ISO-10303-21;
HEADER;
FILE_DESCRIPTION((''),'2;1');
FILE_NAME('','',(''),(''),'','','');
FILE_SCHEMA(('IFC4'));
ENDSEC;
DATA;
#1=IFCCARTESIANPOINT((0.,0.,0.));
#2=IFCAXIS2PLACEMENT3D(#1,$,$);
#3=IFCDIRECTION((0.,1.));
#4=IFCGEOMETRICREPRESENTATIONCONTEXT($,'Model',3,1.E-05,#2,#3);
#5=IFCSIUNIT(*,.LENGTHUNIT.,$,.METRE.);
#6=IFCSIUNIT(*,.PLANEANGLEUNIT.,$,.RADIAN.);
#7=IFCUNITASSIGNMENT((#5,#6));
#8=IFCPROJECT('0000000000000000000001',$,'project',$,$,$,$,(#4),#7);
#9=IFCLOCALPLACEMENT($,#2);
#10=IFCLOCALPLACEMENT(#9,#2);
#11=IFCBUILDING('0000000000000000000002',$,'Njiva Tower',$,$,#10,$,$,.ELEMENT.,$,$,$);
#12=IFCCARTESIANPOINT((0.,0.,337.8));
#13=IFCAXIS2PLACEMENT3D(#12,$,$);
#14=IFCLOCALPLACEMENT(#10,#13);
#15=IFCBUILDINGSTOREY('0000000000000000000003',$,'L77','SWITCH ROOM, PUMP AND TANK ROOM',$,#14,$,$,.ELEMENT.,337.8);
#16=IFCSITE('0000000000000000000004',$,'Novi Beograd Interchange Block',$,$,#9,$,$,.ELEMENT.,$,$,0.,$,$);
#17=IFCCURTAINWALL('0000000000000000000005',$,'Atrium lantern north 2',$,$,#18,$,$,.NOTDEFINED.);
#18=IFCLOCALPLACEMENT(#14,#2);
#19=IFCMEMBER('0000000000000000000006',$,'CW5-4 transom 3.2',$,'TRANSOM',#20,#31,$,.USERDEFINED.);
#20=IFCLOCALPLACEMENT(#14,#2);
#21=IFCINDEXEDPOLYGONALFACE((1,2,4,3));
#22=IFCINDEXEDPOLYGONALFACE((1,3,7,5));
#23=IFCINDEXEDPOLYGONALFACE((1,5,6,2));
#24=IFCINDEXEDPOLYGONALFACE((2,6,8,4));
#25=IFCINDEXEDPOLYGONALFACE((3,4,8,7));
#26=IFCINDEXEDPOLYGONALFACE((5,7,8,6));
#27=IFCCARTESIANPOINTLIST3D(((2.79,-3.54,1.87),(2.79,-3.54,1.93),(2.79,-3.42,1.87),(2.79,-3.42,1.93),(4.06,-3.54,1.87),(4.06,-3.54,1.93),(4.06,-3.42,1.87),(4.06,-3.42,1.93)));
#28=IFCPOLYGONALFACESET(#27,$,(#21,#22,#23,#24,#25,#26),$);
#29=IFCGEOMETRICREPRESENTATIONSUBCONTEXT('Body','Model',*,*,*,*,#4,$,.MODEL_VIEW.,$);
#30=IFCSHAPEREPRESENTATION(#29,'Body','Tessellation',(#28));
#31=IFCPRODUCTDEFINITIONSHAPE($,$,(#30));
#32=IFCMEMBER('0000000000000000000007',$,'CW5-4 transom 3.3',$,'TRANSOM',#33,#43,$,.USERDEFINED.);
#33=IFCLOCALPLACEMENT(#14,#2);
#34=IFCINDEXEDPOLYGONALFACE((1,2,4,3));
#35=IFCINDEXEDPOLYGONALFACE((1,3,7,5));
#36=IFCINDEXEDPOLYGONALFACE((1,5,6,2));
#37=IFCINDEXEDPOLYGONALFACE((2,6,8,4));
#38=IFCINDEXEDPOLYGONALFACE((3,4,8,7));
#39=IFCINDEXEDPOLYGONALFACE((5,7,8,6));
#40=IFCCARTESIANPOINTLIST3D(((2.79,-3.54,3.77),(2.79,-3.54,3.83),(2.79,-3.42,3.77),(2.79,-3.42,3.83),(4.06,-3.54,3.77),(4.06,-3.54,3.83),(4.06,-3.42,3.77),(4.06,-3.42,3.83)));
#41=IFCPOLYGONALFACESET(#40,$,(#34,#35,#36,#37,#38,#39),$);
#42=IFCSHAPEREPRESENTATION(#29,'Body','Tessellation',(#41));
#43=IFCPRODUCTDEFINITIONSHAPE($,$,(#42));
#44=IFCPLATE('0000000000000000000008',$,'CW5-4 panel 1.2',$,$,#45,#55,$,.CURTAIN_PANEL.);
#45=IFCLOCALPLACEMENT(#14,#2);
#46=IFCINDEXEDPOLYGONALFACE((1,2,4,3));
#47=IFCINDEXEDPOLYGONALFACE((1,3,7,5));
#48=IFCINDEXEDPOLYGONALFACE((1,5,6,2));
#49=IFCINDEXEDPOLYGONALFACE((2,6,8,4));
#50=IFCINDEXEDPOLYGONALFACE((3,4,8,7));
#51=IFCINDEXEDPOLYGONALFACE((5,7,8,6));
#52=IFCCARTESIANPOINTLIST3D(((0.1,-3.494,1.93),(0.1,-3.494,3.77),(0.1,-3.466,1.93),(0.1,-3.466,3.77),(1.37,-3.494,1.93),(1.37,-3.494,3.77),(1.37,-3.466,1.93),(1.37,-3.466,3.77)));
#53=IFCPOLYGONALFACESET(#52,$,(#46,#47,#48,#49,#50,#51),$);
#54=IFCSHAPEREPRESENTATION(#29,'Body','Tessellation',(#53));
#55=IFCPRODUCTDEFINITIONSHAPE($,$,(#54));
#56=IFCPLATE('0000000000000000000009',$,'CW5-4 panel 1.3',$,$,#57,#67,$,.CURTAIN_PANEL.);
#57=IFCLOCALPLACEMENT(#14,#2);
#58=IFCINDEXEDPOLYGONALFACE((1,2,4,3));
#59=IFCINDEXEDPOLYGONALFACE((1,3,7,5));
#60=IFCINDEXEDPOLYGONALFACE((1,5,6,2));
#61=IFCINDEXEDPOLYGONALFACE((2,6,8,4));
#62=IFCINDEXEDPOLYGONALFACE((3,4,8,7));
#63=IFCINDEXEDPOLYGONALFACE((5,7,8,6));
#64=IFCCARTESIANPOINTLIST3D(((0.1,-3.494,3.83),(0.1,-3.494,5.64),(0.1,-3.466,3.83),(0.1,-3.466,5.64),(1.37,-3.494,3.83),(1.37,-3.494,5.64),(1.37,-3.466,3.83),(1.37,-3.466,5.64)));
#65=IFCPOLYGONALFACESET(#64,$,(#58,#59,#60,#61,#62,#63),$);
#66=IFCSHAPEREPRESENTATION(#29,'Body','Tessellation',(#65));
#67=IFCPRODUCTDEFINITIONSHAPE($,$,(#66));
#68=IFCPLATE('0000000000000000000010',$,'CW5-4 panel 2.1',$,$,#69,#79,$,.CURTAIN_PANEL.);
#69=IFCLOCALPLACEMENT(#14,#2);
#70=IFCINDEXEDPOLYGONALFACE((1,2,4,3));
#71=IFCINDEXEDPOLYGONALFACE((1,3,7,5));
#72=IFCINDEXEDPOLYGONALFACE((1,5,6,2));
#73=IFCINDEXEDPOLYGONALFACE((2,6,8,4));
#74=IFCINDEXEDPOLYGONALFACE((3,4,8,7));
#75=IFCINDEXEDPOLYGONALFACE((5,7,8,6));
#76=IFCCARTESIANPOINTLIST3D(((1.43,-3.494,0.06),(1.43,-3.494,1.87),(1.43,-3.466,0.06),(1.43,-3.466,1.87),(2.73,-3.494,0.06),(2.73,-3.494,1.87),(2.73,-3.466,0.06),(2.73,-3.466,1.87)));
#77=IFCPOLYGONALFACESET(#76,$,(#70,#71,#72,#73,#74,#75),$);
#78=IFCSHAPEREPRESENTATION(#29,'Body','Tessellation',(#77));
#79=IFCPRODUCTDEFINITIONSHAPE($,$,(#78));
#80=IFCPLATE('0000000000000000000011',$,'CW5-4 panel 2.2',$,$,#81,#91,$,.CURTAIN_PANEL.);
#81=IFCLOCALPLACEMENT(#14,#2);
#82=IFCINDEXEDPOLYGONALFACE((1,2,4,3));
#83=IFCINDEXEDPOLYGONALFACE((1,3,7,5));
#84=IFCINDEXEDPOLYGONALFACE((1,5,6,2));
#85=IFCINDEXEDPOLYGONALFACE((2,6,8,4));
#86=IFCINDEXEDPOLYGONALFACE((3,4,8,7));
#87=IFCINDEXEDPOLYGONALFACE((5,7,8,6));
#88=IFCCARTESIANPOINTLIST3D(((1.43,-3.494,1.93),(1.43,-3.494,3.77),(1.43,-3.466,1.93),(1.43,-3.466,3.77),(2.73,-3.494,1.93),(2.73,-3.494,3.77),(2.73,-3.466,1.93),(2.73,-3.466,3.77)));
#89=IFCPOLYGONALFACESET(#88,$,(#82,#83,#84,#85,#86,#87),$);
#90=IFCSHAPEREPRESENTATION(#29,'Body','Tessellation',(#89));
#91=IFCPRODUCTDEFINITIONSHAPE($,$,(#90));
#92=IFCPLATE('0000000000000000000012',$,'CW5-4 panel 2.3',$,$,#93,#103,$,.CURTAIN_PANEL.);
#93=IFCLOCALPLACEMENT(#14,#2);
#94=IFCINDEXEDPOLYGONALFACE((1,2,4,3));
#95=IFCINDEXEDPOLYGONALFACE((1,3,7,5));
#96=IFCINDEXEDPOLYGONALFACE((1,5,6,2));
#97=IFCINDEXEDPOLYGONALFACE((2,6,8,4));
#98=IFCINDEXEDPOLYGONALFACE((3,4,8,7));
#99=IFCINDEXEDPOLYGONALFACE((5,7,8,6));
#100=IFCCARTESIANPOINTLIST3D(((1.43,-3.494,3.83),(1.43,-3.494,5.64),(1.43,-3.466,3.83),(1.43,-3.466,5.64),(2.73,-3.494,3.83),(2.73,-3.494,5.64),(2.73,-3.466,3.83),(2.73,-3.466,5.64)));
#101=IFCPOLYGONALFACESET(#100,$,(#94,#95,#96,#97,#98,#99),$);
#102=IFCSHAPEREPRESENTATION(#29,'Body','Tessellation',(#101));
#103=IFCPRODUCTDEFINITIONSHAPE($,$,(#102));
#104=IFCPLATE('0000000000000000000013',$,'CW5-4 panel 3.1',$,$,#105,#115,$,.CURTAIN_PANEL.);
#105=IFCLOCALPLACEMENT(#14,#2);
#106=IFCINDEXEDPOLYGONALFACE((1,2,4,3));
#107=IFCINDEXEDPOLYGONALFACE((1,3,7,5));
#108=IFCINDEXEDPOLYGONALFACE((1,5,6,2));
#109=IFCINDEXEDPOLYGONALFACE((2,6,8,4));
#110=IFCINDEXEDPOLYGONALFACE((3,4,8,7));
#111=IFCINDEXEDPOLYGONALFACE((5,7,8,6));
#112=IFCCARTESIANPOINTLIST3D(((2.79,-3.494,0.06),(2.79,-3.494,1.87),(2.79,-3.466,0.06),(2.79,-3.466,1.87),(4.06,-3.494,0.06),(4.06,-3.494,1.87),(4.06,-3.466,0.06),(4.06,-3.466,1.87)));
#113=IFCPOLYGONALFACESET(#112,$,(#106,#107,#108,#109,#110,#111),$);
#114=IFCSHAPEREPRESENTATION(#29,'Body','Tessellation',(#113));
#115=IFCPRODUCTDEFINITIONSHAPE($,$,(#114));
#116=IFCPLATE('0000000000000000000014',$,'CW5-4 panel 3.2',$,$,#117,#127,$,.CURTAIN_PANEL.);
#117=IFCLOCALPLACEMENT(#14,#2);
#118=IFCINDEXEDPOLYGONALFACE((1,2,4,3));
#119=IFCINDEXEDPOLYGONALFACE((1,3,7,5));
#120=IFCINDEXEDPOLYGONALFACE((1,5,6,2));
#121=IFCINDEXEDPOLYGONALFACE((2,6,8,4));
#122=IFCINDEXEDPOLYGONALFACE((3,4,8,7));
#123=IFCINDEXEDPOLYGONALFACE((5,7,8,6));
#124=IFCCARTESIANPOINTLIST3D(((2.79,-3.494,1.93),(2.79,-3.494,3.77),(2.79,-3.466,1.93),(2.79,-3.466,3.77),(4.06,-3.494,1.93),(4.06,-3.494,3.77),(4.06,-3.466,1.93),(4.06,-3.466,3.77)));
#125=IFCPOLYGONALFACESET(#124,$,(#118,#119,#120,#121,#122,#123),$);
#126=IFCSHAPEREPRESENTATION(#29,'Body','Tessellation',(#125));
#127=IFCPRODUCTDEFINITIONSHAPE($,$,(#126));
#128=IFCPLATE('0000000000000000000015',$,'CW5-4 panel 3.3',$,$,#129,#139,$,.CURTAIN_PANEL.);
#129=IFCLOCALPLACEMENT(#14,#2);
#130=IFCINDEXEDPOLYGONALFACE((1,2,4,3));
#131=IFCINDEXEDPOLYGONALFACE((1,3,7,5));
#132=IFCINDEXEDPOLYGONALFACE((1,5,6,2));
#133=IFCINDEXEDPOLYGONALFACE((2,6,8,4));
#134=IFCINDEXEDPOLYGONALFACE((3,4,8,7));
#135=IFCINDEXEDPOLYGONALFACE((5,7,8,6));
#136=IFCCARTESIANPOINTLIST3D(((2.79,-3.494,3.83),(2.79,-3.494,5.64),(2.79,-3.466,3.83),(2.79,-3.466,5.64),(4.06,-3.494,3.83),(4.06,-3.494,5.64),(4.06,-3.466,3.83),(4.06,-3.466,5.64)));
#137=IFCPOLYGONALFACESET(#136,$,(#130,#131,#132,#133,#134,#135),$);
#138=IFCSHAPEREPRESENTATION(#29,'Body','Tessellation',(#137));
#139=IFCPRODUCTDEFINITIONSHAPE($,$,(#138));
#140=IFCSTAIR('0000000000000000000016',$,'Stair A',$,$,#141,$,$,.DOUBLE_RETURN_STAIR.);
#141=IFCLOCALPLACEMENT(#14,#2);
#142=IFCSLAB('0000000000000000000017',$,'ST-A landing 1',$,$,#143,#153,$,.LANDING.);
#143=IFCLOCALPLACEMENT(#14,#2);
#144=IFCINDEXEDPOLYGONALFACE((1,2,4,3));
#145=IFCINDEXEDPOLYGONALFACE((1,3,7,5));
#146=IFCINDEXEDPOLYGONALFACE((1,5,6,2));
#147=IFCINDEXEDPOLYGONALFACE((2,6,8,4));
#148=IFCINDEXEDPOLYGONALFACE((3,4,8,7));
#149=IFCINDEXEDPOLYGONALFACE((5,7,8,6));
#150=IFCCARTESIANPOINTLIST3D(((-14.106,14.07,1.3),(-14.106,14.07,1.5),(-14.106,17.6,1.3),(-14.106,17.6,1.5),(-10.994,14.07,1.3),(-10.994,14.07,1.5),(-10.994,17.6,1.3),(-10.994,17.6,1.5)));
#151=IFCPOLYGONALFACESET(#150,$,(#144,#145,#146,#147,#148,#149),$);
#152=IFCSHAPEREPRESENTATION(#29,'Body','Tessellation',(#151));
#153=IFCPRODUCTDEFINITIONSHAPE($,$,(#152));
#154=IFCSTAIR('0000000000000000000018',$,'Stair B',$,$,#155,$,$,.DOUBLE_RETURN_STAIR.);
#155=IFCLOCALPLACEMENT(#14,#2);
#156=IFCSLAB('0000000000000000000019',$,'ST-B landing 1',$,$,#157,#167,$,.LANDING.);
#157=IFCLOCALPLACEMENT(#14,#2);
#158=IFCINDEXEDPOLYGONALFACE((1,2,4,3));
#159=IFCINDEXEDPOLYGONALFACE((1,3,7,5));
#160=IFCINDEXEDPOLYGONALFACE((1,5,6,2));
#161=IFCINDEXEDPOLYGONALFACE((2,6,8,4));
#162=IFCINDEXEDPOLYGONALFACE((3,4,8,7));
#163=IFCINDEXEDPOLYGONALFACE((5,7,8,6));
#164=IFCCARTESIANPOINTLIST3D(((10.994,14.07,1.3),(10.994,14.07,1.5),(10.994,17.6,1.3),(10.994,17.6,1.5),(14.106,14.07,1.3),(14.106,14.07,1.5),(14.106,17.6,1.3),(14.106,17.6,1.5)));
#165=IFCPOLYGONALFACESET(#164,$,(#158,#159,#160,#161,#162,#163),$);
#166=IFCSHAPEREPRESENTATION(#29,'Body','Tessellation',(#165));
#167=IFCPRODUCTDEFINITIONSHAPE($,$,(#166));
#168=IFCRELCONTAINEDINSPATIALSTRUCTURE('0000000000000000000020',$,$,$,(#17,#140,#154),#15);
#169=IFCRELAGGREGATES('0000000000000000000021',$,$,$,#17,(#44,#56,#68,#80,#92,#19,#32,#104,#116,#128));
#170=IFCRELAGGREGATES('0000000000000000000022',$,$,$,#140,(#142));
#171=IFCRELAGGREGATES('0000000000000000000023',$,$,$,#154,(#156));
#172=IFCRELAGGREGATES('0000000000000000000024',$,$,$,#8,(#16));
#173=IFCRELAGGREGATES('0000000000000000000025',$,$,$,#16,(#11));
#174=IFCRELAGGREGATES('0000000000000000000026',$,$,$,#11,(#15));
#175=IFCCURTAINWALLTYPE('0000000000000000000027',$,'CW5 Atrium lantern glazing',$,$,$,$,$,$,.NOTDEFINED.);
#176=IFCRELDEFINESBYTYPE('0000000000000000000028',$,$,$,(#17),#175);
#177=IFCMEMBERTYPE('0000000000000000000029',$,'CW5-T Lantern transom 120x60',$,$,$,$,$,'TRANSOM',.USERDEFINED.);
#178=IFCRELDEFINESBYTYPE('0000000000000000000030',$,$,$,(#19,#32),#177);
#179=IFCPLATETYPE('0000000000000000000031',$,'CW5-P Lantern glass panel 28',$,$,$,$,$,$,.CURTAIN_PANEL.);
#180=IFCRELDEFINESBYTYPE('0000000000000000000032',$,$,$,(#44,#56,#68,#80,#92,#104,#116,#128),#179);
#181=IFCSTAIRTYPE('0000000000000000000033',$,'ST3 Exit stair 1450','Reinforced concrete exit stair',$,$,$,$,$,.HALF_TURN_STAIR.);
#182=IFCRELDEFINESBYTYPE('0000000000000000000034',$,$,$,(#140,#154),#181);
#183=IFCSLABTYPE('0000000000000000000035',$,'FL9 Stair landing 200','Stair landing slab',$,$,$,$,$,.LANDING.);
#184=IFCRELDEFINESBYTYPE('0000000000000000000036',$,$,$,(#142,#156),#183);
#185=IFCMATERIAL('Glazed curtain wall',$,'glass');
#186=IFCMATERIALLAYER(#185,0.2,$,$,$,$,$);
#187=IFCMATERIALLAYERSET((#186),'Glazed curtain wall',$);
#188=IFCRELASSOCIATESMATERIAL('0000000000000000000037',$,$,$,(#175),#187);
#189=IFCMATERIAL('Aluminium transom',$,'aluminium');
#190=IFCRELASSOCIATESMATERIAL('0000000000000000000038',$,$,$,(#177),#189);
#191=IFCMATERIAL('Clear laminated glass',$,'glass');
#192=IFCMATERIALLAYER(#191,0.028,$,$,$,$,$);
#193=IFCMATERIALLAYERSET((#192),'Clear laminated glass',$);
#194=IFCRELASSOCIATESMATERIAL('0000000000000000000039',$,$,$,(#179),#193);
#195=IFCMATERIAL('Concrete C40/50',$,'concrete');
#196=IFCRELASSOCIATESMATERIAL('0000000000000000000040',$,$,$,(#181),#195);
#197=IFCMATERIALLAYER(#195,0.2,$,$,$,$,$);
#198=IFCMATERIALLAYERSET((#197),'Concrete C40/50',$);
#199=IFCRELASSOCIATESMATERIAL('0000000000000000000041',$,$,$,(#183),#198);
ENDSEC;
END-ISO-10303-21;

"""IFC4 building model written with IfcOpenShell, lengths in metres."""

from ifc_helpers import new_model, si_unit, direction, frame, origin, origin_2d, place, context, subcontext, project, spatial, polyline, rectangle, outline, extrude, material, layer, layer_set, material_profile, profile_set, type_object, element, aggregate, save


model = new_model("IFC4")

# Units and contexts
model_context = context("Model", 3, precision=1e-05, world=origin(), true_north=direction((0.0, 1.0)))
body_context = subcontext(model_context, "Body", "Model", "MODEL_VIEW")
ifc_project = project(units=[si_unit("LENGTHUNIT", "METRE"), si_unit("PLANEANGLEUNIT", "RADIAN")], contexts=[model_context])

# Site, building, storey
site_placement = place(None, origin())
site = spatial("IfcSite", under=ifc_project, at=site_placement, Name="Novi Beograd Interchange Block", CompositionType="ELEMENT", RefElevation=0.0)
building_placement = place(site_placement, origin())
building = spatial("IfcBuilding", under=site, at=building_placement, Name="Njiva Tower", CompositionType="ELEMENT")
storey_placement = place(building_placement, frame((0.0, 0.0, 337.8)))
storey = spatial("IfcBuildingStorey", under=building, at=storey_placement, Name="L77", Description="SWITCH ROOM, PUMP AND TANK ROOM", CompositionType="ELEMENT", Elevation=337.8)

# Curtain wall, members, plates
ifc_material_1 = material(Name="Glazed curtain wall", Category="glass")
ifc_layer_1 = layer(ifc_material_1, 0.2)
ifc_layer_set_1 = layer_set([ifc_layer_1], Name="Glazed curtain wall")
curtain_wall_type = type_object("IfcCurtainWallType", Name="CW5 Atrium lantern glazing", PredefinedType="NOTDEFINED", material=ifc_layer_set_1)
curtain_wall_placement = place(storey_placement, origin())
curtain_wall = element("IfcCurtainWall", 1, at=curtain_wall_placement, inside=storey, type_object=curtain_wall_type, Name="Atrium lantern north 2", PredefinedType="NOTDEFINED")
ifc_material_2 = material(Name="Aluminium transom", Category="aluminium")
ifc_material_profile_1 = material_profile(ifc_material_2, rectangle(XDim=0.12, YDim=0.06, at=origin_2d()), Name="RECT 120x60")
ifc_profile_set_1 = profile_set([ifc_material_profile_1], Name="Aluminium transom")
member_type_1 = type_object("IfcMemberType", Name="CW5-T Lantern transom 120x60", ElementType="TRANSOM", PredefinedType="USERDEFINED", material=ifc_profile_set_1)
member_1_placement = place(storey_placement, frame((2.79, -3.48, 1.9), z_axis=(1.0, 0.0, 0.0), x_axis=(0.0, 1.0, 0.0)))
member_1 = element("IfcMember", 2, at=member_1_placement, type_object=member_type_1, Name="CW5-4 transom 3.2", ObjectType="TRANSOM", PredefinedType="USERDEFINED", context=body_context, shape_type="SweptSolid", body=[
    extrude(rectangle(XDim=0.12, YDim=0.06, at=origin_2d()), origin(), (0.0, 0.0, 1.0), 1.27),
])
member_2_placement = place(storey_placement, frame((2.79, -3.48, 3.8), z_axis=(1.0, 0.0, 0.0), x_axis=(0.0, 1.0, 0.0)))
member_2 = element("IfcMember", 3, at=member_2_placement, type_object=member_type_1, Name="CW5-4 transom 3.3", ObjectType="TRANSOM", PredefinedType="USERDEFINED", context=body_context, shape_type="SweptSolid", body=[
    extrude(rectangle(XDim=0.12, YDim=0.06, at=origin_2d()), origin(), (0.0, 0.0, 1.0), 1.27),
])
ifc_material_3 = material(Name="Clear laminated glass", Category="glass")
ifc_layer_2 = layer(ifc_material_3, 0.028)
ifc_layer_set_2 = layer_set([ifc_layer_2], Name="Clear laminated glass")
plate_type = type_object("IfcPlateType", Name="CW5-P Lantern glass panel 28", PredefinedType="CURTAIN_PANEL", material=ifc_layer_set_2)
plate_1_placement = place(storey_placement, frame((0.735, -3.48, 1.93), z_axis=(0.0, 0.0, 1.0), x_axis=(1.0, 0.0, 0.0)))
plate_1 = element("IfcPlate", 4, at=plate_1_placement, type_object=plate_type, Name="CW5-4 panel 1.2", PredefinedType="CURTAIN_PANEL", context=body_context, shape_type="SweptSolid", body=[
    extrude(rectangle(XDim=1.27, YDim=0.028, at=origin_2d()), origin(), (0.0, 0.0, 1.0), 1.84),
])
plate_2_placement = place(storey_placement, frame((0.735, -3.48, 3.83), z_axis=(0.0, 0.0, 1.0), x_axis=(1.0, 0.0, 0.0)))
plate_2 = element("IfcPlate", 5, at=plate_2_placement, type_object=plate_type, Name="CW5-4 panel 1.3", PredefinedType="CURTAIN_PANEL", context=body_context, shape_type="SweptSolid", body=[
    extrude(rectangle(XDim=1.27, YDim=0.028, at=origin_2d()), origin(), (0.0, 0.0, 1.0), 1.81),
])
plate_3_placement = place(storey_placement, frame((2.08, -3.48, 0.06), z_axis=(0.0, 0.0, 1.0), x_axis=(1.0, 0.0, 0.0)))
plate_3 = element("IfcPlate", 6, at=plate_3_placement, type_object=plate_type, Name="CW5-4 panel 2.1", PredefinedType="CURTAIN_PANEL", context=body_context, shape_type="SweptSolid", body=[
    extrude(rectangle(XDim=1.3, YDim=0.028, at=origin_2d()), origin(), (0.0, 0.0, 1.0), 1.81),
])
plate_4_placement = place(storey_placement, frame((2.08, -3.48, 1.93), z_axis=(0.0, 0.0, 1.0), x_axis=(1.0, 0.0, 0.0)))
plate_4 = element("IfcPlate", 7, at=plate_4_placement, type_object=plate_type, Name="CW5-4 panel 2.2", PredefinedType="CURTAIN_PANEL", context=body_context, shape_type="SweptSolid", body=[
    extrude(rectangle(XDim=1.3, YDim=0.028, at=origin_2d()), origin(), (0.0, 0.0, 1.0), 1.84),
])
plate_5_placement = place(storey_placement, frame((2.08, -3.48, 3.83), z_axis=(0.0, 0.0, 1.0), x_axis=(1.0, 0.0, 0.0)))
plate_5 = element("IfcPlate", 8, at=plate_5_placement, type_object=plate_type, Name="CW5-4 panel 2.3", PredefinedType="CURTAIN_PANEL", context=body_context, shape_type="SweptSolid", body=[
    extrude(rectangle(XDim=1.3, YDim=0.028, at=origin_2d()), origin(), (0.0, 0.0, 1.0), 1.81),
])
plate_6_placement = place(storey_placement, frame((3.425, -3.48, 0.06), z_axis=(0.0, 0.0, 1.0), x_axis=(1.0, 0.0, 0.0)))
plate_6 = element("IfcPlate", 9, at=plate_6_placement, type_object=plate_type, Name="CW5-4 panel 3.1", PredefinedType="CURTAIN_PANEL", context=body_context, shape_type="SweptSolid", body=[
    extrude(rectangle(XDim=1.27, YDim=0.028, at=origin_2d()), origin(), (0.0, 0.0, 1.0), 1.81),
])
plate_7_placement = place(storey_placement, frame((3.425, -3.48, 1.93), z_axis=(0.0, 0.0, 1.0), x_axis=(1.0, 0.0, 0.0)))
plate_7 = element("IfcPlate", 10, at=plate_7_placement, type_object=plate_type, Name="CW5-4 panel 3.2", PredefinedType="CURTAIN_PANEL", context=body_context, shape_type="SweptSolid", body=[
    extrude(rectangle(XDim=1.27, YDim=0.028, at=origin_2d()), origin(), (0.0, 0.0, 1.0), 1.84),
])
plate_8_placement = place(storey_placement, frame((3.425, -3.48, 3.83), z_axis=(0.0, 0.0, 1.0), x_axis=(1.0, 0.0, 0.0)))
plate_8 = element("IfcPlate", 11, at=plate_8_placement, type_object=plate_type, Name="CW5-4 panel 3.3", PredefinedType="CURTAIN_PANEL", context=body_context, shape_type="SweptSolid", body=[
    extrude(rectangle(XDim=1.27, YDim=0.028, at=origin_2d()), origin(), (0.0, 0.0, 1.0), 1.81),
])
aggregate(curtain_wall, [plate_1, plate_2, plate_3, plate_4, plate_5, member_1, member_2, plate_6, plate_7, plate_8])

# Stairs, slabs
ifc_material_4 = material(Name="Concrete C40/50", Category="concrete")
stair_type = type_object("IfcStairType", Name="ST3 Exit stair 1450", Description="Reinforced concrete exit stair", PredefinedType="HALF_TURN_STAIR", material=ifc_material_4)
stair_1_placement = place(storey_placement, origin())
stair_1 = element("IfcStair", 12, at=stair_1_placement, inside=storey, type_object=stair_type, Name="Stair A", PredefinedType="DOUBLE_RETURN_STAIR")
ifc_layer_3 = layer(ifc_material_4, 0.2)
ifc_layer_set_3 = layer_set([ifc_layer_3], Name="Concrete C40/50")
slab_type_1 = type_object("IfcSlabType", Name="FL9 Stair landing 200", Description="Stair landing slab", PredefinedType="LANDING", material=ifc_layer_set_3)
slab_1_placement = place(storey_placement, frame((0.0, 0.0, 1.3)))
slab_1 = element("IfcSlab", 13, at=slab_1_placement, type_object=slab_type_1, Name="ST-A landing 1", PredefinedType="LANDING", context=body_context, shape_type="SweptSolid", body=[
    extrude(outline(polyline([(-14.106, 14.07), (-10.994, 14.07), (-10.994, 17.6), (-14.106, 17.6), (-14.106, 14.07)])), origin(), (0.0, 0.0, 1.0), 0.2),
])
aggregate(stair_1, [slab_1])
stair_2_placement = place(storey_placement, origin())
stair_2 = element("IfcStair", 14, at=stair_2_placement, inside=storey, type_object=stair_type, Name="Stair B", PredefinedType="DOUBLE_RETURN_STAIR")
slab_2_placement = place(storey_placement, frame((0.0, 0.0, 1.3)))
slab_2 = element("IfcSlab", 15, at=slab_2_placement, type_object=slab_type_1, Name="ST-B landing 1", PredefinedType="LANDING", context=body_context, shape_type="SweptSolid", body=[
    extrude(outline(polyline([(10.994, 14.07), (14.106, 14.07), (14.106, 17.6), (10.994, 17.6), (10.994, 14.07)])), origin(), (0.0, 0.0, 1.0), 0.2),
])
aggregate(stair_2, [slab_2])

save(model, "model.ifc")
